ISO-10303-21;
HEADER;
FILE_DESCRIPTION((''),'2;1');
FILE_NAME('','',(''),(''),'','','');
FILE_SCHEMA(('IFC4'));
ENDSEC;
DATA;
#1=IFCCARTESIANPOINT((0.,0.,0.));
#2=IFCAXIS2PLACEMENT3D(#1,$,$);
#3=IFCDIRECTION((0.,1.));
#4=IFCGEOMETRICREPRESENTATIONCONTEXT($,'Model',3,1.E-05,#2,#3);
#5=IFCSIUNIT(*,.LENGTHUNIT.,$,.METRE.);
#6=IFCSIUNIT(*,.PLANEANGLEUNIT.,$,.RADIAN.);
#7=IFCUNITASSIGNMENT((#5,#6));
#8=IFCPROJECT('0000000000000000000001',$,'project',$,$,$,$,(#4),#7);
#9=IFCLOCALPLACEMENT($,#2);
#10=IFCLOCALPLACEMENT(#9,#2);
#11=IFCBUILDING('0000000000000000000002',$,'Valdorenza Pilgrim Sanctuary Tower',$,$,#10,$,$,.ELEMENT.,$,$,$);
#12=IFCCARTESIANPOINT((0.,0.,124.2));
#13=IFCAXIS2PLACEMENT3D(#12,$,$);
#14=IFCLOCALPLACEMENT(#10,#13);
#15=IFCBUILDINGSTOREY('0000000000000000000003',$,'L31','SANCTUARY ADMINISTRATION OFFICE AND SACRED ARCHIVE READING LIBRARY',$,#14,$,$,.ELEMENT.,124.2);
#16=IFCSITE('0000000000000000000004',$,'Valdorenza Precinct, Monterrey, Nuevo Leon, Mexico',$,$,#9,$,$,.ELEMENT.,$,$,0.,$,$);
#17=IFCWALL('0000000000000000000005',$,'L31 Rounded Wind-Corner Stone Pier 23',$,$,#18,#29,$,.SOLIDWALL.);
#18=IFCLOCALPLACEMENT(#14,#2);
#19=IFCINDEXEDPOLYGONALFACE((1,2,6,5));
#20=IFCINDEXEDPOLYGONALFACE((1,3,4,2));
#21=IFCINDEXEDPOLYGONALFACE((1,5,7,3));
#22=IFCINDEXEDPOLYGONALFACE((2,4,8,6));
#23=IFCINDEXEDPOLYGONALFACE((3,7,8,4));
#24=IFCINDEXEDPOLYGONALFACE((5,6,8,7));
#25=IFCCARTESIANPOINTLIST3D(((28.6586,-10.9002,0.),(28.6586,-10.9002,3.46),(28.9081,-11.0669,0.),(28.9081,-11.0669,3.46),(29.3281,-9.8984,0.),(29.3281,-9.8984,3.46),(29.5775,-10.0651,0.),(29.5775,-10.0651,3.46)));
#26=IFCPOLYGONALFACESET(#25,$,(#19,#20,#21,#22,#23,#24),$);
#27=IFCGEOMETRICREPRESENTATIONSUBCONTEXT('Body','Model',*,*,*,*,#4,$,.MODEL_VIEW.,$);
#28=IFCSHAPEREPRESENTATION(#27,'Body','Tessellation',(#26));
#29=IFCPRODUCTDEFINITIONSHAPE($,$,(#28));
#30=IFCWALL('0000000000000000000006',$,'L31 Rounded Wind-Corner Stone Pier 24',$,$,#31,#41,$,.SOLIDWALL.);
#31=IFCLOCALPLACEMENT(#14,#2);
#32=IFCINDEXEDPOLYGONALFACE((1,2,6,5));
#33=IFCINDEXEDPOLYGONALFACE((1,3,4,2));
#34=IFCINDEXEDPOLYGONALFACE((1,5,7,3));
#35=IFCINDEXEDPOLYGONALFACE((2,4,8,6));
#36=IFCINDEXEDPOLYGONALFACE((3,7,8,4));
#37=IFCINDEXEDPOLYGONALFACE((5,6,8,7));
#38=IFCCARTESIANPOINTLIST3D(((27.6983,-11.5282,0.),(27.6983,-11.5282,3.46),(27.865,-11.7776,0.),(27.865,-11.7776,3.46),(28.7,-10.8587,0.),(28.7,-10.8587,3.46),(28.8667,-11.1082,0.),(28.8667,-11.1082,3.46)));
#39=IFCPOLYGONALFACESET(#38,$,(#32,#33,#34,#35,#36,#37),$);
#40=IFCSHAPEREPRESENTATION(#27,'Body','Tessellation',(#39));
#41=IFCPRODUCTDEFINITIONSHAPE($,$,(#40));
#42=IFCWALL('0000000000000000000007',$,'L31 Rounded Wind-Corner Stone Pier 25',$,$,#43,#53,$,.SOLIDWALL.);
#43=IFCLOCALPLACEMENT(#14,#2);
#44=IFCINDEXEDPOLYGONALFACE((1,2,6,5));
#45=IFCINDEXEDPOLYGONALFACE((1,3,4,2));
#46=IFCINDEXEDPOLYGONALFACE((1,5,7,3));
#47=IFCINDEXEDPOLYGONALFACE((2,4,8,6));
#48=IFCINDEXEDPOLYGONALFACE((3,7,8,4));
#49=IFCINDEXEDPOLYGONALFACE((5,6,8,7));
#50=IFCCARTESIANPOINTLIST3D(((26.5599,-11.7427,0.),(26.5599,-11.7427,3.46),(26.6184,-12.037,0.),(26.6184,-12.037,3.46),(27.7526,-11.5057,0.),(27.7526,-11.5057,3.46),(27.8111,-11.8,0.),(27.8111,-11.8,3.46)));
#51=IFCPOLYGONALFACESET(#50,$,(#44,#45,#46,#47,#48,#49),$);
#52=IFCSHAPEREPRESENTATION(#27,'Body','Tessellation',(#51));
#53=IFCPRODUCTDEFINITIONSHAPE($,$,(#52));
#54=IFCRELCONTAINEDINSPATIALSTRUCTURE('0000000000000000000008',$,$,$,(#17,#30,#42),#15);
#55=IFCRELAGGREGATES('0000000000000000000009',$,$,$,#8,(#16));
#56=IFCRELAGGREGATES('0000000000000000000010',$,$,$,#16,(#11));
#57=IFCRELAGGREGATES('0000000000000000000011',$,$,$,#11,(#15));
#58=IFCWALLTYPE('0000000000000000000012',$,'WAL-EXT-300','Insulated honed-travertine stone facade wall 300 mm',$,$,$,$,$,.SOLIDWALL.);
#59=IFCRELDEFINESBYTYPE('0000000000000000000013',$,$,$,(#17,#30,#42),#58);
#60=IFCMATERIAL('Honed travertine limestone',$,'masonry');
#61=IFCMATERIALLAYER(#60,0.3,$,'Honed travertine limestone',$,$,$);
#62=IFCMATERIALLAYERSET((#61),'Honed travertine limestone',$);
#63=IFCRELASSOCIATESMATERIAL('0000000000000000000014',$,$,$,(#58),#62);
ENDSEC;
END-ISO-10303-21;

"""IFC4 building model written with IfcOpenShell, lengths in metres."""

from ifc_helpers import new_model, si_unit, direction, frame, frame_2d, origin, place, context, subcontext, project, spatial, rectangle, extrude, material, layer, layer_set, type_object, element, save


model = new_model("IFC4")

# Units and contexts
model_context = context("Model", 3, precision=1e-05, world=origin(), true_north=direction((0.0, 1.0)))
body_context = subcontext(model_context, "Body", "Model", "MODEL_VIEW")
ifc_project = project(units=[si_unit("LENGTHUNIT", "METRE"), si_unit("PLANEANGLEUNIT", "RADIAN")], contexts=[model_context])

# Site, building, storey
site_placement = place(None, origin())
site = spatial("IfcSite", under=ifc_project, at=site_placement, Name="Valdorenza Precinct, Monterrey, Nuevo Leon, Mexico", CompositionType="ELEMENT", RefElevation=0.0)
building_placement = place(site_placement, origin())
building = spatial("IfcBuilding", under=site, at=building_placement, Name="Valdorenza Pilgrim Sanctuary Tower", CompositionType="ELEMENT")
storey_placement = place(building_placement, frame((0.0, 0.0, 124.2)))
storey = spatial("IfcBuildingStorey", under=building, at=storey_placement, Name="L31", Description="SANCTUARY ADMINISTRATION OFFICE AND SACRED ARCHIVE READING LIBRARY", CompositionType="ELEMENT", Elevation=124.2)

# Shared definitions
ifc_material_1 = material(Name="Honed travertine limestone", Category="masonry")

# Walls
ifc_layer_1 = layer(ifc_material_1, 0.3, Name="Honed travertine limestone")
ifc_layer_set_1 = layer_set([ifc_layer_1], Name="Honed travertine limestone")
wall_type_1 = type_object("IfcWallType", Name="WAL-EXT-300", Description="Insulated honed-travertine stone facade wall 300 mm", PredefinedType="SOLIDWALL", material=ifc_layer_set_1)
for number, where, z_axis, x_axis, name in (
    (1, (29.4529, -9.9817, 0.0), (0.0, 0.0, 1.0), (-0.555635, -0.831426, 0.0), "L31 Rounded Wind-Corner Stone Pier 23"),
    (2, (28.7834, -10.9834, 0.0), (0.0, 0.0, 1.0), (-0.831426, -0.555635, 0.0), "L31 Rounded Wind-Corner Stone Pier 24"),
):
    element("IfcWall", number, at=place(storey_placement, frame(where, z_axis=z_axis, x_axis=x_axis)), inside=storey, type_object=wall_type_1, Name=name, PredefinedType="SOLIDWALL", context=body_context, shape_type="SweptSolid", body=[
        extrude(rectangle(XDim=1.2048, YDim=0.3, at=frame_2d((0.6025, 0.0))), origin(), (0.0, 0.0, 1.0), 3.46),
    ])
wall_1_placement = place(storey_placement, frame((27.7817, -11.6528, 0.0), z_axis=(0.0, 0.0, 1.0), x_axis=(-0.980812, -0.194958, 0.0)))
element("IfcWall", 3, at=wall_1_placement, inside=storey, type_object=wall_type_1, Name="L31 Rounded Wind-Corner Stone Pier 25", PredefinedType="SOLIDWALL", context=body_context, shape_type="SweptSolid", body=[
    extrude(rectangle(XDim=1.2161, YDim=0.3, at=frame_2d((0.6079, 0.0))), origin(), (0.0, 0.0, 1.0), 3.46),
])

save(model, "model.ifc")
